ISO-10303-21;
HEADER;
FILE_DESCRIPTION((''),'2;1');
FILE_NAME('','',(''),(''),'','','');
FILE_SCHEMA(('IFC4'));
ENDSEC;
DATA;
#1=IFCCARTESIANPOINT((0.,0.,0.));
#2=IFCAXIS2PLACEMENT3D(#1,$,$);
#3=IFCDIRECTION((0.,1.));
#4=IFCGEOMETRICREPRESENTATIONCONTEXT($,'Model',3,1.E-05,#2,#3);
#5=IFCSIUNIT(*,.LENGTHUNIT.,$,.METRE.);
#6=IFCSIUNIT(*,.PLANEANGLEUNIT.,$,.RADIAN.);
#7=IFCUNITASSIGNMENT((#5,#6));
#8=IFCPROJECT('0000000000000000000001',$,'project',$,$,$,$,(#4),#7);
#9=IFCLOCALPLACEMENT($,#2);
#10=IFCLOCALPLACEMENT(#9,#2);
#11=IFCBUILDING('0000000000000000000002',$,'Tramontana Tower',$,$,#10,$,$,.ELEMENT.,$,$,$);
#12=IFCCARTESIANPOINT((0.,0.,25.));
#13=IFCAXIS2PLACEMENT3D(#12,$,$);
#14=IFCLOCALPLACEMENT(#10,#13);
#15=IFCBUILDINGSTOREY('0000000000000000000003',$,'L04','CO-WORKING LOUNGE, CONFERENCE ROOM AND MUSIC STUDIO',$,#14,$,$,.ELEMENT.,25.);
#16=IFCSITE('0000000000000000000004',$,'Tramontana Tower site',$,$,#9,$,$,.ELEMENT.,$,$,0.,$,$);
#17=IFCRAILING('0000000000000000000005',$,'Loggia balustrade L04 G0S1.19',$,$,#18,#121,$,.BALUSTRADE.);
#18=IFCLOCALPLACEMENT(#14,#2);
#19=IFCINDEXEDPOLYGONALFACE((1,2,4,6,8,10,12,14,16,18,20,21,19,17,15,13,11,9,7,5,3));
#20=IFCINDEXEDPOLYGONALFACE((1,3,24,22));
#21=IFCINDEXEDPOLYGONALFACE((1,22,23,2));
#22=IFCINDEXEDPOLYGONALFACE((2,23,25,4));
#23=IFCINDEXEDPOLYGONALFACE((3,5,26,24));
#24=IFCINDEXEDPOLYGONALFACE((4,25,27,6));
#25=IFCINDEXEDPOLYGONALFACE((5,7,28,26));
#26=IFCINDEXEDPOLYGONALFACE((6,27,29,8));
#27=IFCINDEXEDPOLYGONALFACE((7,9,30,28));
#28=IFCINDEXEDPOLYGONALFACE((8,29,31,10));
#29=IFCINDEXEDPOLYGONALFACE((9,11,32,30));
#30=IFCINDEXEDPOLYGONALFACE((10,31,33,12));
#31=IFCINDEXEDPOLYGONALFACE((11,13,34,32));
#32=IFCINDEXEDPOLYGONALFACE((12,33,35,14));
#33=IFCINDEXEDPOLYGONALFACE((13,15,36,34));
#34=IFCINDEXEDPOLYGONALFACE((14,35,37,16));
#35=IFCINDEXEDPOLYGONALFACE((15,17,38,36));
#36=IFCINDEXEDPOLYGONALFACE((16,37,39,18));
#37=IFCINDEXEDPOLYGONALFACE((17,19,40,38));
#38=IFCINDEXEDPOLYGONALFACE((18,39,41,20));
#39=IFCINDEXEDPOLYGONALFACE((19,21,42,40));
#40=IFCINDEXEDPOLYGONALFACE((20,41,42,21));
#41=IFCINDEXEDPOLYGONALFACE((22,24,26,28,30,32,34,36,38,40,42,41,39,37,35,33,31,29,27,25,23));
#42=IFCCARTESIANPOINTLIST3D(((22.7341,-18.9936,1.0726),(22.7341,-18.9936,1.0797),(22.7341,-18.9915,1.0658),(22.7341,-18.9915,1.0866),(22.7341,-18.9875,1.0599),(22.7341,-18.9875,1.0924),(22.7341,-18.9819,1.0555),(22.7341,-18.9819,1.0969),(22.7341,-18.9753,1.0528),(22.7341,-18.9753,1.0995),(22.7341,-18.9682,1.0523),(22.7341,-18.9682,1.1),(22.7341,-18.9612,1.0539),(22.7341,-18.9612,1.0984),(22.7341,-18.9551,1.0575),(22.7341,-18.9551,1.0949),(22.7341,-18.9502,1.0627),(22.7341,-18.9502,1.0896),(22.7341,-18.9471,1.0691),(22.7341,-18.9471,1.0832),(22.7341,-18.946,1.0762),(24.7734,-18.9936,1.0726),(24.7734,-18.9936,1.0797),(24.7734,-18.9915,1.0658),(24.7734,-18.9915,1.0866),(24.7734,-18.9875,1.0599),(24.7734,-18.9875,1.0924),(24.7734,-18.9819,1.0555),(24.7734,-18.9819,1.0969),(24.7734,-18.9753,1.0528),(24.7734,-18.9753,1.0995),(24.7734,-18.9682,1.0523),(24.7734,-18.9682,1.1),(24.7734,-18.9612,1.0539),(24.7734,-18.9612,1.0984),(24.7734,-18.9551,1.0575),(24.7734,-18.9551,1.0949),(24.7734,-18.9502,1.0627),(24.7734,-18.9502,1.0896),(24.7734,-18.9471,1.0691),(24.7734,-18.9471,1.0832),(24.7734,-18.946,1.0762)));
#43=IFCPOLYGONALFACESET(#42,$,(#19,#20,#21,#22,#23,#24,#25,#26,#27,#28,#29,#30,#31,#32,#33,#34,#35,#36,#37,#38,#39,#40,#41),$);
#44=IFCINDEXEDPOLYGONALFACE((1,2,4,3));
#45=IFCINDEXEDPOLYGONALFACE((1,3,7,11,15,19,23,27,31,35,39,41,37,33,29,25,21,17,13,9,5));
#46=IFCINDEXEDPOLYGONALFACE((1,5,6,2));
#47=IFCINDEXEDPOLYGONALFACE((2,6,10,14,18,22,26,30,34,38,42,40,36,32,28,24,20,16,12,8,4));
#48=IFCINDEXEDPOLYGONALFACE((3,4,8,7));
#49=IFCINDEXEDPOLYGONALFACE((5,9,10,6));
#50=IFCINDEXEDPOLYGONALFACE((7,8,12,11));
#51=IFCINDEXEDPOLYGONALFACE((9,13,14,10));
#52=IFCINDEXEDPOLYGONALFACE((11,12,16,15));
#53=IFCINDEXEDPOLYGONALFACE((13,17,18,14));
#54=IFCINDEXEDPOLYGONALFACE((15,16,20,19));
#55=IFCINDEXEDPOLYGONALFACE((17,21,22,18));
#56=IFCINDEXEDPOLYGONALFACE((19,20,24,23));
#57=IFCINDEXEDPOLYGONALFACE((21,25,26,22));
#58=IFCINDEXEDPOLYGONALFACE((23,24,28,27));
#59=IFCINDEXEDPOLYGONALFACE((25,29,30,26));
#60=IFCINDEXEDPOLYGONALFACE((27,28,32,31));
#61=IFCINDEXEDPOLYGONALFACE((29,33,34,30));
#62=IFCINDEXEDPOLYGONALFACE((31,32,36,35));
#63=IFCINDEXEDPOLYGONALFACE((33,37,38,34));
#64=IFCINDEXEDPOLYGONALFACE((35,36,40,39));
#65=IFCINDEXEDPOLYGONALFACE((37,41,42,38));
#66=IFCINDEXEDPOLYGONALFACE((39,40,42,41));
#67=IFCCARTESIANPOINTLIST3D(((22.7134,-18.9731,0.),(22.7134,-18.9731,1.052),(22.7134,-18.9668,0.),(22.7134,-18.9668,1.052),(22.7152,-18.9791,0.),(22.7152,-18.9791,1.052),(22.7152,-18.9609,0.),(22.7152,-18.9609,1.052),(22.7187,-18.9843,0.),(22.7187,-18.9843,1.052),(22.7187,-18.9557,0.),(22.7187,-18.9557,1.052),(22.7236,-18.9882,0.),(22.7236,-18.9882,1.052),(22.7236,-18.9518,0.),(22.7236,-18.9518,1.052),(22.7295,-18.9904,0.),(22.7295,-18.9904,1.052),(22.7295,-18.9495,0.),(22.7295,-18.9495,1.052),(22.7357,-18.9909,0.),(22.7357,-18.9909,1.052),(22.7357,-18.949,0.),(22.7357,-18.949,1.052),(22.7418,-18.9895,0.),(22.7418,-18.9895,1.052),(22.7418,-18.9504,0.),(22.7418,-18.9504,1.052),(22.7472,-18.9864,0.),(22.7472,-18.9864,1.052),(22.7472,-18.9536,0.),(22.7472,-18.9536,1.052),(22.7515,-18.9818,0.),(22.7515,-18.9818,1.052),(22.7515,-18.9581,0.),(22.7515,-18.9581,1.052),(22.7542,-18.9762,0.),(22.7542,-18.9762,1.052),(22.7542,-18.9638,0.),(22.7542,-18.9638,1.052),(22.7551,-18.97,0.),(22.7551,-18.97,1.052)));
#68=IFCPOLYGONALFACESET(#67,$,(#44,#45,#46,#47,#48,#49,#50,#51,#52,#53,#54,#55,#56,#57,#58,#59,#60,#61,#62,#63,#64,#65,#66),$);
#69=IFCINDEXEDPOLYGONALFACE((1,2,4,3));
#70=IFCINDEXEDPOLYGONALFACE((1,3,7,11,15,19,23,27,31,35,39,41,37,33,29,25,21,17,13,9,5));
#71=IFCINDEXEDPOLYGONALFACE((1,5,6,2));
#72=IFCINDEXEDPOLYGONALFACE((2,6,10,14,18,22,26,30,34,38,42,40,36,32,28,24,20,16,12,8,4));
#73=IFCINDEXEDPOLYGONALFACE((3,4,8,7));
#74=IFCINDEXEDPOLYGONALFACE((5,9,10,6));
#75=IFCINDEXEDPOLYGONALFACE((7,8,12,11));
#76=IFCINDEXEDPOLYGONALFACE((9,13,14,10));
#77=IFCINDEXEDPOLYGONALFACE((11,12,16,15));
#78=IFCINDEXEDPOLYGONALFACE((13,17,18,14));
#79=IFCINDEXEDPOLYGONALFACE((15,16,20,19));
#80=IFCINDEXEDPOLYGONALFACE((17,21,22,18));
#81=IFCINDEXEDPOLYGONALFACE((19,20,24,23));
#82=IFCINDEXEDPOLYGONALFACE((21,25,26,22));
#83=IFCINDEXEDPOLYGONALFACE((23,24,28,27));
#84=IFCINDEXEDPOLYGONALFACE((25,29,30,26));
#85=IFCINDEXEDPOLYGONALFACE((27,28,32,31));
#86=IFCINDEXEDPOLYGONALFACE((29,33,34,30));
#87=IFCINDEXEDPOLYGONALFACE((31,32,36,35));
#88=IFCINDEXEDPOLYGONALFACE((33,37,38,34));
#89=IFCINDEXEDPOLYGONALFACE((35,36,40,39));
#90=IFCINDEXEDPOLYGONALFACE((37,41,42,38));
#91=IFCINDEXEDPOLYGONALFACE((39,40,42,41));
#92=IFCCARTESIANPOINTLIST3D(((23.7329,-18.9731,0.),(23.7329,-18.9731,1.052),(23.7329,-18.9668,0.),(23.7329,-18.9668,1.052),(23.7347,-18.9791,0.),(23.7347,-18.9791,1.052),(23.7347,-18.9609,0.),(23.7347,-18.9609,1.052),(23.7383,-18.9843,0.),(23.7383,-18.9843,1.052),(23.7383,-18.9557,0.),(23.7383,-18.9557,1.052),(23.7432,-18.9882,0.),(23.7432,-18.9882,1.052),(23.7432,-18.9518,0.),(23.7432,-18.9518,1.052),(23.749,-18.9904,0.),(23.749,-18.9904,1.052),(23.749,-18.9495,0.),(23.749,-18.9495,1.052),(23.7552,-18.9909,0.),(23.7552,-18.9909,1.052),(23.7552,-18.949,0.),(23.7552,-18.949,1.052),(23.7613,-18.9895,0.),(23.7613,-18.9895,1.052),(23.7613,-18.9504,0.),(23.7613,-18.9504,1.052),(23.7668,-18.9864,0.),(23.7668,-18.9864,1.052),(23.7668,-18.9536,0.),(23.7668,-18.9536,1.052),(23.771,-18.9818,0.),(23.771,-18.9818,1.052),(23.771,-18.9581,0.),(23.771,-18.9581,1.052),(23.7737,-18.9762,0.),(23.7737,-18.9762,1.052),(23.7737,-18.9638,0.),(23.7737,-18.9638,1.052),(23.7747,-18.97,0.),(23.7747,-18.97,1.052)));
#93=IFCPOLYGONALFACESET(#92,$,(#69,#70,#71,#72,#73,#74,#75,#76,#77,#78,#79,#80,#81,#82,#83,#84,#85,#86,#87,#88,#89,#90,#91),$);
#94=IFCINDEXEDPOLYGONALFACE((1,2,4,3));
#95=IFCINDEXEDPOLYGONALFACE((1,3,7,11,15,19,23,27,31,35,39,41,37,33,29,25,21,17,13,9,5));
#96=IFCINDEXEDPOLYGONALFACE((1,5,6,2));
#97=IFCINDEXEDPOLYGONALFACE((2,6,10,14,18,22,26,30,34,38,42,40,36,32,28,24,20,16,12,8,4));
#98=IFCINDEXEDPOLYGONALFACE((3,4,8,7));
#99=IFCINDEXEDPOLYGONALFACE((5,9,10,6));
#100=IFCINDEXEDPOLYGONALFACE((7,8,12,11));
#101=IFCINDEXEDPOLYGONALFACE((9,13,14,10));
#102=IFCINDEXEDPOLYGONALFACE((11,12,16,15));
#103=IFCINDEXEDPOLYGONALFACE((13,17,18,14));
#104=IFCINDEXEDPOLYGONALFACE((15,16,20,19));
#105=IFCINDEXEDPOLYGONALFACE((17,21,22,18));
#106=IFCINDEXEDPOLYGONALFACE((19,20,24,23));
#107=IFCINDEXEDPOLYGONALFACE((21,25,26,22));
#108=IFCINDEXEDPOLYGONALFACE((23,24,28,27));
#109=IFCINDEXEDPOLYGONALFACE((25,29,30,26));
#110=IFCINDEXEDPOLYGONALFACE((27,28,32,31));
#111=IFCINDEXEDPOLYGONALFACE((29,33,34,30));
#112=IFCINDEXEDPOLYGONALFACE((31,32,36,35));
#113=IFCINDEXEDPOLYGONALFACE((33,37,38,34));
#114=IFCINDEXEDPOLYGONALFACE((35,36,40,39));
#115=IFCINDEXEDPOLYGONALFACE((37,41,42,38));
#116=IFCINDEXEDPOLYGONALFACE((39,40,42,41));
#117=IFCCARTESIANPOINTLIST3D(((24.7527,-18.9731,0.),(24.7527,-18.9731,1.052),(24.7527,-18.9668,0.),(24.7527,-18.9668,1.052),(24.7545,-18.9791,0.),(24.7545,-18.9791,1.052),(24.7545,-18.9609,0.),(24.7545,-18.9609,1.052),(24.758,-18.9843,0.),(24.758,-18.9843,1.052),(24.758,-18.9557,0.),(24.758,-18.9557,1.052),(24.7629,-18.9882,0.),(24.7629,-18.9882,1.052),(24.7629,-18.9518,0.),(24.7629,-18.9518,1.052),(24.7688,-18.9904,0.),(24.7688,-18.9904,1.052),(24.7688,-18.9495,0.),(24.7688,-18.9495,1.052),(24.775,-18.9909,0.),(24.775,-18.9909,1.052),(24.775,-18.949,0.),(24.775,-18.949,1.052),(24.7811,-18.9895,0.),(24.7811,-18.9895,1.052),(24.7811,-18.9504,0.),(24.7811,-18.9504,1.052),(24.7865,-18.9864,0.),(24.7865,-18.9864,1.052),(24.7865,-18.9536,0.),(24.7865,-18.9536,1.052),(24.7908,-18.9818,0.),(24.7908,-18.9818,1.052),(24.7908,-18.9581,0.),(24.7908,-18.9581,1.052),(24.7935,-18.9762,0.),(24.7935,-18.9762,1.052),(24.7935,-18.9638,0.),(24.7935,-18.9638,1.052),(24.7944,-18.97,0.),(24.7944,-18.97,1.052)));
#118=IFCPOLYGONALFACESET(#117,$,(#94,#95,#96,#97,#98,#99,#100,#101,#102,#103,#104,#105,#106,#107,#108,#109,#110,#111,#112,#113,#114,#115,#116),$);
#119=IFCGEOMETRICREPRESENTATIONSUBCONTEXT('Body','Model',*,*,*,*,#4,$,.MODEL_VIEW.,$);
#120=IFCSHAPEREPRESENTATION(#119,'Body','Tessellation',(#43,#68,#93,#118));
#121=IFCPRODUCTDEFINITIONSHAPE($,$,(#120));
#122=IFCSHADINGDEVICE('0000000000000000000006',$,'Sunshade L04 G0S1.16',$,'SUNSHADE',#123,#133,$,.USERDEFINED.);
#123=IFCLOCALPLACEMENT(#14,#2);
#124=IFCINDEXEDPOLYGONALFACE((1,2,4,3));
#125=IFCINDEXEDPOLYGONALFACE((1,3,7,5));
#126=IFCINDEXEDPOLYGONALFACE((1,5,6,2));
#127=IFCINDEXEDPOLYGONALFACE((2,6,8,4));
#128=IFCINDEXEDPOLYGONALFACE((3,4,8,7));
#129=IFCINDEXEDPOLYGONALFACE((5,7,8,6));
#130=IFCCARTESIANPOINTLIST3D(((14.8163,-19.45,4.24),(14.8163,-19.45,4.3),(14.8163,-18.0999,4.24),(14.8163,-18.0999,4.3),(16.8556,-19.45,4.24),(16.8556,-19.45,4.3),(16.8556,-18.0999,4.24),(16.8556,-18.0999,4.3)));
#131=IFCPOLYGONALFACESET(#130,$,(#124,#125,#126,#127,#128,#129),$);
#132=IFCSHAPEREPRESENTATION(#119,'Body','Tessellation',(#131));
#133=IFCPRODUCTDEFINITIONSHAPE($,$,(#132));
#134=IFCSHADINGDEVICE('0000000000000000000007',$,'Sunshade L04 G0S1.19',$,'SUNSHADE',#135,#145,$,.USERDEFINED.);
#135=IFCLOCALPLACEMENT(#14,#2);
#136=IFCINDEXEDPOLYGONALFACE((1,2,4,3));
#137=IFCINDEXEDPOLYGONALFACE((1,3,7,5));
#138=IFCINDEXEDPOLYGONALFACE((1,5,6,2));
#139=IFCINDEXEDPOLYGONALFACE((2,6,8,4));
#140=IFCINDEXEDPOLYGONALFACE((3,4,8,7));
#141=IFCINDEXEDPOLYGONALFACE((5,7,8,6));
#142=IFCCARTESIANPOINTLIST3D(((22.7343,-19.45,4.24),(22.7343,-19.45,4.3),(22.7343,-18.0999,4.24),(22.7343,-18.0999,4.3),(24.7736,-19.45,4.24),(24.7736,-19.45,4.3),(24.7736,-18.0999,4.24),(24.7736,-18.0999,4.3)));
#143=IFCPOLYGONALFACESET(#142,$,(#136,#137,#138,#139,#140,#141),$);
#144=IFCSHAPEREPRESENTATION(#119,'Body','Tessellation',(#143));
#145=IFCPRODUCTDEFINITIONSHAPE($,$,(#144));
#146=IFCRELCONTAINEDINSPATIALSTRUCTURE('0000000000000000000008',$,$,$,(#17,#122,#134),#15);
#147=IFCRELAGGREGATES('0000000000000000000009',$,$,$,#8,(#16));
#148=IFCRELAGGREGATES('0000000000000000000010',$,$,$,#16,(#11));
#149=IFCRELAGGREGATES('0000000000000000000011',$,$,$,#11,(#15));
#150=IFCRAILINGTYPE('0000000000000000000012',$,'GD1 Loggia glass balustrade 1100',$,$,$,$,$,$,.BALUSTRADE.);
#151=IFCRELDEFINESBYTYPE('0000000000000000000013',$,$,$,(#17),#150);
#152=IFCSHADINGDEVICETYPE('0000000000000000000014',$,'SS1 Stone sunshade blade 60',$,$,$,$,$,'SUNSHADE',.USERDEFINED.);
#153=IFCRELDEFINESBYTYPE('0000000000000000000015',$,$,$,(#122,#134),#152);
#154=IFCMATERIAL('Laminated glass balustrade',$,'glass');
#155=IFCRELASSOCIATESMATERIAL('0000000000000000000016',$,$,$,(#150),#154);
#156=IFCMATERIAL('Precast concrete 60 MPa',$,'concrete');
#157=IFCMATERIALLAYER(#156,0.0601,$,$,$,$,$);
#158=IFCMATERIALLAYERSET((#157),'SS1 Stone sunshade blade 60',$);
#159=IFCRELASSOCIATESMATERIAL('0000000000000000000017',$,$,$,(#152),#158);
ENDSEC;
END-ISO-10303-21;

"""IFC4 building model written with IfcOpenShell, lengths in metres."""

from ifc_helpers import new_model, si_unit, direction, frame, origin, origin_2d, place, context, subcontext, project, spatial, rectangle, circle, extrude, material, layer, layer_set, type_object, element, save


model = new_model("IFC4")

# Units and contexts
model_context = context("Model", 3, precision=1e-05, world=origin(), true_north=direction((0.0, 1.0)))
body_context = subcontext(model_context, "Body", "Model", "MODEL_VIEW")
ifc_project = project(units=[si_unit("LENGTHUNIT", "METRE"), si_unit("PLANEANGLEUNIT", "RADIAN")], contexts=[model_context])

# Site, building, storey
site_placement = place(None, origin())
site = spatial("IfcSite", under=ifc_project, at=site_placement, Name="Tramontana Tower site", CompositionType="ELEMENT", RefElevation=0.0)
building_placement = place(site_placement, origin())
building = spatial("IfcBuilding", under=site, at=building_placement, Name="Tramontana Tower", CompositionType="ELEMENT")
storey_placement = place(building_placement, frame((0.0, 0.0, 25.0)))
storey = spatial("IfcBuildingStorey", under=building, at=storey_placement, Name="L04", Description="CO-WORKING LOUNGE, CONFERENCE ROOM AND MUSIC STUDIO", CompositionType="ELEMENT", Elevation=25.0)

# Railing
ifc_material_1 = material(Name="Laminated glass balustrade", Category="glass")
railing_type = type_object("IfcRailingType", Name="GD1 Loggia glass balustrade 1100", PredefinedType="BALUSTRADE", material=ifc_material_1)
for number, where, name in (
    (1, (22.7341, -18.97, 0.0), "Loggia balustrade L04 G0S1.19"),
):
    element("IfcRailing", number, at=place(storey_placement, frame(where)), inside=storey, type_object=railing_type, Name=name, PredefinedType="BALUSTRADE", context=body_context, shape_type="SweptSolid", body=[
        extrude(circle(Radius=0.0239, at=origin_2d()), frame((0.0, 0.0, 1.0762), z_axis=(1.0, 0.0, 0.0), x_axis=(0.0, 1.0, 0.0)), (0.0, 0.0, 1.0), 2.0393),
        extrude(circle(Radius=0.021, at=origin_2d()), origin(), (0.0, 0.0, 1.0), 1.052),
        extrude(circle(Radius=0.021, at=origin_2d()), frame((1.0195, 0.0, 0.0)), (0.0, 0.0, 1.0), 1.052),
        extrude(circle(Radius=0.021, at=origin_2d()), frame((2.0393, 0.0, 0.0)), (0.0, 0.0, 1.0), 1.052),
    ])

# Shading devices
ifc_material_2 = material(Name="Precast concrete 60 MPa", Category="concrete")
ifc_layer_1 = layer(ifc_material_2, 0.0601)
ifc_layer_set_1 = layer_set([ifc_layer_1], Name="SS1 Stone sunshade blade 60")
shading_device_type = type_object("IfcShadingDeviceType", Name="SS1 Stone sunshade blade 60", ElementType="SUNSHADE", PredefinedType="USERDEFINED", material=ifc_layer_set_1)
for number, where, z_axis, x_axis, name in (
    (2, (15.8359, -18.7749, 4.24), (0.0, 0.0, 1.0), (1.0, 0.0, 0.0), "Sunshade L04 G0S1.16"),
    (3, (23.7539, -18.7749, 4.24), (0.0, 0.0, 1.0), (1.0, 0.0, 0.0), "Sunshade L04 G0S1.19"),
):
    element("IfcShadingDevice", number, at=place(storey_placement, frame(where, z_axis=z_axis, x_axis=x_axis)), inside=storey, type_object=shading_device_type, Name=name, ObjectType="SUNSHADE", PredefinedType="USERDEFINED", context=body_context, shape_type="SweptSolid", body=[
        extrude(rectangle(XDim=2.0393, YDim=1.3501, at=origin_2d()), origin(), (0.0, 0.0, 1.0), 0.0601),
    ])

save(model, "model.ifc")
